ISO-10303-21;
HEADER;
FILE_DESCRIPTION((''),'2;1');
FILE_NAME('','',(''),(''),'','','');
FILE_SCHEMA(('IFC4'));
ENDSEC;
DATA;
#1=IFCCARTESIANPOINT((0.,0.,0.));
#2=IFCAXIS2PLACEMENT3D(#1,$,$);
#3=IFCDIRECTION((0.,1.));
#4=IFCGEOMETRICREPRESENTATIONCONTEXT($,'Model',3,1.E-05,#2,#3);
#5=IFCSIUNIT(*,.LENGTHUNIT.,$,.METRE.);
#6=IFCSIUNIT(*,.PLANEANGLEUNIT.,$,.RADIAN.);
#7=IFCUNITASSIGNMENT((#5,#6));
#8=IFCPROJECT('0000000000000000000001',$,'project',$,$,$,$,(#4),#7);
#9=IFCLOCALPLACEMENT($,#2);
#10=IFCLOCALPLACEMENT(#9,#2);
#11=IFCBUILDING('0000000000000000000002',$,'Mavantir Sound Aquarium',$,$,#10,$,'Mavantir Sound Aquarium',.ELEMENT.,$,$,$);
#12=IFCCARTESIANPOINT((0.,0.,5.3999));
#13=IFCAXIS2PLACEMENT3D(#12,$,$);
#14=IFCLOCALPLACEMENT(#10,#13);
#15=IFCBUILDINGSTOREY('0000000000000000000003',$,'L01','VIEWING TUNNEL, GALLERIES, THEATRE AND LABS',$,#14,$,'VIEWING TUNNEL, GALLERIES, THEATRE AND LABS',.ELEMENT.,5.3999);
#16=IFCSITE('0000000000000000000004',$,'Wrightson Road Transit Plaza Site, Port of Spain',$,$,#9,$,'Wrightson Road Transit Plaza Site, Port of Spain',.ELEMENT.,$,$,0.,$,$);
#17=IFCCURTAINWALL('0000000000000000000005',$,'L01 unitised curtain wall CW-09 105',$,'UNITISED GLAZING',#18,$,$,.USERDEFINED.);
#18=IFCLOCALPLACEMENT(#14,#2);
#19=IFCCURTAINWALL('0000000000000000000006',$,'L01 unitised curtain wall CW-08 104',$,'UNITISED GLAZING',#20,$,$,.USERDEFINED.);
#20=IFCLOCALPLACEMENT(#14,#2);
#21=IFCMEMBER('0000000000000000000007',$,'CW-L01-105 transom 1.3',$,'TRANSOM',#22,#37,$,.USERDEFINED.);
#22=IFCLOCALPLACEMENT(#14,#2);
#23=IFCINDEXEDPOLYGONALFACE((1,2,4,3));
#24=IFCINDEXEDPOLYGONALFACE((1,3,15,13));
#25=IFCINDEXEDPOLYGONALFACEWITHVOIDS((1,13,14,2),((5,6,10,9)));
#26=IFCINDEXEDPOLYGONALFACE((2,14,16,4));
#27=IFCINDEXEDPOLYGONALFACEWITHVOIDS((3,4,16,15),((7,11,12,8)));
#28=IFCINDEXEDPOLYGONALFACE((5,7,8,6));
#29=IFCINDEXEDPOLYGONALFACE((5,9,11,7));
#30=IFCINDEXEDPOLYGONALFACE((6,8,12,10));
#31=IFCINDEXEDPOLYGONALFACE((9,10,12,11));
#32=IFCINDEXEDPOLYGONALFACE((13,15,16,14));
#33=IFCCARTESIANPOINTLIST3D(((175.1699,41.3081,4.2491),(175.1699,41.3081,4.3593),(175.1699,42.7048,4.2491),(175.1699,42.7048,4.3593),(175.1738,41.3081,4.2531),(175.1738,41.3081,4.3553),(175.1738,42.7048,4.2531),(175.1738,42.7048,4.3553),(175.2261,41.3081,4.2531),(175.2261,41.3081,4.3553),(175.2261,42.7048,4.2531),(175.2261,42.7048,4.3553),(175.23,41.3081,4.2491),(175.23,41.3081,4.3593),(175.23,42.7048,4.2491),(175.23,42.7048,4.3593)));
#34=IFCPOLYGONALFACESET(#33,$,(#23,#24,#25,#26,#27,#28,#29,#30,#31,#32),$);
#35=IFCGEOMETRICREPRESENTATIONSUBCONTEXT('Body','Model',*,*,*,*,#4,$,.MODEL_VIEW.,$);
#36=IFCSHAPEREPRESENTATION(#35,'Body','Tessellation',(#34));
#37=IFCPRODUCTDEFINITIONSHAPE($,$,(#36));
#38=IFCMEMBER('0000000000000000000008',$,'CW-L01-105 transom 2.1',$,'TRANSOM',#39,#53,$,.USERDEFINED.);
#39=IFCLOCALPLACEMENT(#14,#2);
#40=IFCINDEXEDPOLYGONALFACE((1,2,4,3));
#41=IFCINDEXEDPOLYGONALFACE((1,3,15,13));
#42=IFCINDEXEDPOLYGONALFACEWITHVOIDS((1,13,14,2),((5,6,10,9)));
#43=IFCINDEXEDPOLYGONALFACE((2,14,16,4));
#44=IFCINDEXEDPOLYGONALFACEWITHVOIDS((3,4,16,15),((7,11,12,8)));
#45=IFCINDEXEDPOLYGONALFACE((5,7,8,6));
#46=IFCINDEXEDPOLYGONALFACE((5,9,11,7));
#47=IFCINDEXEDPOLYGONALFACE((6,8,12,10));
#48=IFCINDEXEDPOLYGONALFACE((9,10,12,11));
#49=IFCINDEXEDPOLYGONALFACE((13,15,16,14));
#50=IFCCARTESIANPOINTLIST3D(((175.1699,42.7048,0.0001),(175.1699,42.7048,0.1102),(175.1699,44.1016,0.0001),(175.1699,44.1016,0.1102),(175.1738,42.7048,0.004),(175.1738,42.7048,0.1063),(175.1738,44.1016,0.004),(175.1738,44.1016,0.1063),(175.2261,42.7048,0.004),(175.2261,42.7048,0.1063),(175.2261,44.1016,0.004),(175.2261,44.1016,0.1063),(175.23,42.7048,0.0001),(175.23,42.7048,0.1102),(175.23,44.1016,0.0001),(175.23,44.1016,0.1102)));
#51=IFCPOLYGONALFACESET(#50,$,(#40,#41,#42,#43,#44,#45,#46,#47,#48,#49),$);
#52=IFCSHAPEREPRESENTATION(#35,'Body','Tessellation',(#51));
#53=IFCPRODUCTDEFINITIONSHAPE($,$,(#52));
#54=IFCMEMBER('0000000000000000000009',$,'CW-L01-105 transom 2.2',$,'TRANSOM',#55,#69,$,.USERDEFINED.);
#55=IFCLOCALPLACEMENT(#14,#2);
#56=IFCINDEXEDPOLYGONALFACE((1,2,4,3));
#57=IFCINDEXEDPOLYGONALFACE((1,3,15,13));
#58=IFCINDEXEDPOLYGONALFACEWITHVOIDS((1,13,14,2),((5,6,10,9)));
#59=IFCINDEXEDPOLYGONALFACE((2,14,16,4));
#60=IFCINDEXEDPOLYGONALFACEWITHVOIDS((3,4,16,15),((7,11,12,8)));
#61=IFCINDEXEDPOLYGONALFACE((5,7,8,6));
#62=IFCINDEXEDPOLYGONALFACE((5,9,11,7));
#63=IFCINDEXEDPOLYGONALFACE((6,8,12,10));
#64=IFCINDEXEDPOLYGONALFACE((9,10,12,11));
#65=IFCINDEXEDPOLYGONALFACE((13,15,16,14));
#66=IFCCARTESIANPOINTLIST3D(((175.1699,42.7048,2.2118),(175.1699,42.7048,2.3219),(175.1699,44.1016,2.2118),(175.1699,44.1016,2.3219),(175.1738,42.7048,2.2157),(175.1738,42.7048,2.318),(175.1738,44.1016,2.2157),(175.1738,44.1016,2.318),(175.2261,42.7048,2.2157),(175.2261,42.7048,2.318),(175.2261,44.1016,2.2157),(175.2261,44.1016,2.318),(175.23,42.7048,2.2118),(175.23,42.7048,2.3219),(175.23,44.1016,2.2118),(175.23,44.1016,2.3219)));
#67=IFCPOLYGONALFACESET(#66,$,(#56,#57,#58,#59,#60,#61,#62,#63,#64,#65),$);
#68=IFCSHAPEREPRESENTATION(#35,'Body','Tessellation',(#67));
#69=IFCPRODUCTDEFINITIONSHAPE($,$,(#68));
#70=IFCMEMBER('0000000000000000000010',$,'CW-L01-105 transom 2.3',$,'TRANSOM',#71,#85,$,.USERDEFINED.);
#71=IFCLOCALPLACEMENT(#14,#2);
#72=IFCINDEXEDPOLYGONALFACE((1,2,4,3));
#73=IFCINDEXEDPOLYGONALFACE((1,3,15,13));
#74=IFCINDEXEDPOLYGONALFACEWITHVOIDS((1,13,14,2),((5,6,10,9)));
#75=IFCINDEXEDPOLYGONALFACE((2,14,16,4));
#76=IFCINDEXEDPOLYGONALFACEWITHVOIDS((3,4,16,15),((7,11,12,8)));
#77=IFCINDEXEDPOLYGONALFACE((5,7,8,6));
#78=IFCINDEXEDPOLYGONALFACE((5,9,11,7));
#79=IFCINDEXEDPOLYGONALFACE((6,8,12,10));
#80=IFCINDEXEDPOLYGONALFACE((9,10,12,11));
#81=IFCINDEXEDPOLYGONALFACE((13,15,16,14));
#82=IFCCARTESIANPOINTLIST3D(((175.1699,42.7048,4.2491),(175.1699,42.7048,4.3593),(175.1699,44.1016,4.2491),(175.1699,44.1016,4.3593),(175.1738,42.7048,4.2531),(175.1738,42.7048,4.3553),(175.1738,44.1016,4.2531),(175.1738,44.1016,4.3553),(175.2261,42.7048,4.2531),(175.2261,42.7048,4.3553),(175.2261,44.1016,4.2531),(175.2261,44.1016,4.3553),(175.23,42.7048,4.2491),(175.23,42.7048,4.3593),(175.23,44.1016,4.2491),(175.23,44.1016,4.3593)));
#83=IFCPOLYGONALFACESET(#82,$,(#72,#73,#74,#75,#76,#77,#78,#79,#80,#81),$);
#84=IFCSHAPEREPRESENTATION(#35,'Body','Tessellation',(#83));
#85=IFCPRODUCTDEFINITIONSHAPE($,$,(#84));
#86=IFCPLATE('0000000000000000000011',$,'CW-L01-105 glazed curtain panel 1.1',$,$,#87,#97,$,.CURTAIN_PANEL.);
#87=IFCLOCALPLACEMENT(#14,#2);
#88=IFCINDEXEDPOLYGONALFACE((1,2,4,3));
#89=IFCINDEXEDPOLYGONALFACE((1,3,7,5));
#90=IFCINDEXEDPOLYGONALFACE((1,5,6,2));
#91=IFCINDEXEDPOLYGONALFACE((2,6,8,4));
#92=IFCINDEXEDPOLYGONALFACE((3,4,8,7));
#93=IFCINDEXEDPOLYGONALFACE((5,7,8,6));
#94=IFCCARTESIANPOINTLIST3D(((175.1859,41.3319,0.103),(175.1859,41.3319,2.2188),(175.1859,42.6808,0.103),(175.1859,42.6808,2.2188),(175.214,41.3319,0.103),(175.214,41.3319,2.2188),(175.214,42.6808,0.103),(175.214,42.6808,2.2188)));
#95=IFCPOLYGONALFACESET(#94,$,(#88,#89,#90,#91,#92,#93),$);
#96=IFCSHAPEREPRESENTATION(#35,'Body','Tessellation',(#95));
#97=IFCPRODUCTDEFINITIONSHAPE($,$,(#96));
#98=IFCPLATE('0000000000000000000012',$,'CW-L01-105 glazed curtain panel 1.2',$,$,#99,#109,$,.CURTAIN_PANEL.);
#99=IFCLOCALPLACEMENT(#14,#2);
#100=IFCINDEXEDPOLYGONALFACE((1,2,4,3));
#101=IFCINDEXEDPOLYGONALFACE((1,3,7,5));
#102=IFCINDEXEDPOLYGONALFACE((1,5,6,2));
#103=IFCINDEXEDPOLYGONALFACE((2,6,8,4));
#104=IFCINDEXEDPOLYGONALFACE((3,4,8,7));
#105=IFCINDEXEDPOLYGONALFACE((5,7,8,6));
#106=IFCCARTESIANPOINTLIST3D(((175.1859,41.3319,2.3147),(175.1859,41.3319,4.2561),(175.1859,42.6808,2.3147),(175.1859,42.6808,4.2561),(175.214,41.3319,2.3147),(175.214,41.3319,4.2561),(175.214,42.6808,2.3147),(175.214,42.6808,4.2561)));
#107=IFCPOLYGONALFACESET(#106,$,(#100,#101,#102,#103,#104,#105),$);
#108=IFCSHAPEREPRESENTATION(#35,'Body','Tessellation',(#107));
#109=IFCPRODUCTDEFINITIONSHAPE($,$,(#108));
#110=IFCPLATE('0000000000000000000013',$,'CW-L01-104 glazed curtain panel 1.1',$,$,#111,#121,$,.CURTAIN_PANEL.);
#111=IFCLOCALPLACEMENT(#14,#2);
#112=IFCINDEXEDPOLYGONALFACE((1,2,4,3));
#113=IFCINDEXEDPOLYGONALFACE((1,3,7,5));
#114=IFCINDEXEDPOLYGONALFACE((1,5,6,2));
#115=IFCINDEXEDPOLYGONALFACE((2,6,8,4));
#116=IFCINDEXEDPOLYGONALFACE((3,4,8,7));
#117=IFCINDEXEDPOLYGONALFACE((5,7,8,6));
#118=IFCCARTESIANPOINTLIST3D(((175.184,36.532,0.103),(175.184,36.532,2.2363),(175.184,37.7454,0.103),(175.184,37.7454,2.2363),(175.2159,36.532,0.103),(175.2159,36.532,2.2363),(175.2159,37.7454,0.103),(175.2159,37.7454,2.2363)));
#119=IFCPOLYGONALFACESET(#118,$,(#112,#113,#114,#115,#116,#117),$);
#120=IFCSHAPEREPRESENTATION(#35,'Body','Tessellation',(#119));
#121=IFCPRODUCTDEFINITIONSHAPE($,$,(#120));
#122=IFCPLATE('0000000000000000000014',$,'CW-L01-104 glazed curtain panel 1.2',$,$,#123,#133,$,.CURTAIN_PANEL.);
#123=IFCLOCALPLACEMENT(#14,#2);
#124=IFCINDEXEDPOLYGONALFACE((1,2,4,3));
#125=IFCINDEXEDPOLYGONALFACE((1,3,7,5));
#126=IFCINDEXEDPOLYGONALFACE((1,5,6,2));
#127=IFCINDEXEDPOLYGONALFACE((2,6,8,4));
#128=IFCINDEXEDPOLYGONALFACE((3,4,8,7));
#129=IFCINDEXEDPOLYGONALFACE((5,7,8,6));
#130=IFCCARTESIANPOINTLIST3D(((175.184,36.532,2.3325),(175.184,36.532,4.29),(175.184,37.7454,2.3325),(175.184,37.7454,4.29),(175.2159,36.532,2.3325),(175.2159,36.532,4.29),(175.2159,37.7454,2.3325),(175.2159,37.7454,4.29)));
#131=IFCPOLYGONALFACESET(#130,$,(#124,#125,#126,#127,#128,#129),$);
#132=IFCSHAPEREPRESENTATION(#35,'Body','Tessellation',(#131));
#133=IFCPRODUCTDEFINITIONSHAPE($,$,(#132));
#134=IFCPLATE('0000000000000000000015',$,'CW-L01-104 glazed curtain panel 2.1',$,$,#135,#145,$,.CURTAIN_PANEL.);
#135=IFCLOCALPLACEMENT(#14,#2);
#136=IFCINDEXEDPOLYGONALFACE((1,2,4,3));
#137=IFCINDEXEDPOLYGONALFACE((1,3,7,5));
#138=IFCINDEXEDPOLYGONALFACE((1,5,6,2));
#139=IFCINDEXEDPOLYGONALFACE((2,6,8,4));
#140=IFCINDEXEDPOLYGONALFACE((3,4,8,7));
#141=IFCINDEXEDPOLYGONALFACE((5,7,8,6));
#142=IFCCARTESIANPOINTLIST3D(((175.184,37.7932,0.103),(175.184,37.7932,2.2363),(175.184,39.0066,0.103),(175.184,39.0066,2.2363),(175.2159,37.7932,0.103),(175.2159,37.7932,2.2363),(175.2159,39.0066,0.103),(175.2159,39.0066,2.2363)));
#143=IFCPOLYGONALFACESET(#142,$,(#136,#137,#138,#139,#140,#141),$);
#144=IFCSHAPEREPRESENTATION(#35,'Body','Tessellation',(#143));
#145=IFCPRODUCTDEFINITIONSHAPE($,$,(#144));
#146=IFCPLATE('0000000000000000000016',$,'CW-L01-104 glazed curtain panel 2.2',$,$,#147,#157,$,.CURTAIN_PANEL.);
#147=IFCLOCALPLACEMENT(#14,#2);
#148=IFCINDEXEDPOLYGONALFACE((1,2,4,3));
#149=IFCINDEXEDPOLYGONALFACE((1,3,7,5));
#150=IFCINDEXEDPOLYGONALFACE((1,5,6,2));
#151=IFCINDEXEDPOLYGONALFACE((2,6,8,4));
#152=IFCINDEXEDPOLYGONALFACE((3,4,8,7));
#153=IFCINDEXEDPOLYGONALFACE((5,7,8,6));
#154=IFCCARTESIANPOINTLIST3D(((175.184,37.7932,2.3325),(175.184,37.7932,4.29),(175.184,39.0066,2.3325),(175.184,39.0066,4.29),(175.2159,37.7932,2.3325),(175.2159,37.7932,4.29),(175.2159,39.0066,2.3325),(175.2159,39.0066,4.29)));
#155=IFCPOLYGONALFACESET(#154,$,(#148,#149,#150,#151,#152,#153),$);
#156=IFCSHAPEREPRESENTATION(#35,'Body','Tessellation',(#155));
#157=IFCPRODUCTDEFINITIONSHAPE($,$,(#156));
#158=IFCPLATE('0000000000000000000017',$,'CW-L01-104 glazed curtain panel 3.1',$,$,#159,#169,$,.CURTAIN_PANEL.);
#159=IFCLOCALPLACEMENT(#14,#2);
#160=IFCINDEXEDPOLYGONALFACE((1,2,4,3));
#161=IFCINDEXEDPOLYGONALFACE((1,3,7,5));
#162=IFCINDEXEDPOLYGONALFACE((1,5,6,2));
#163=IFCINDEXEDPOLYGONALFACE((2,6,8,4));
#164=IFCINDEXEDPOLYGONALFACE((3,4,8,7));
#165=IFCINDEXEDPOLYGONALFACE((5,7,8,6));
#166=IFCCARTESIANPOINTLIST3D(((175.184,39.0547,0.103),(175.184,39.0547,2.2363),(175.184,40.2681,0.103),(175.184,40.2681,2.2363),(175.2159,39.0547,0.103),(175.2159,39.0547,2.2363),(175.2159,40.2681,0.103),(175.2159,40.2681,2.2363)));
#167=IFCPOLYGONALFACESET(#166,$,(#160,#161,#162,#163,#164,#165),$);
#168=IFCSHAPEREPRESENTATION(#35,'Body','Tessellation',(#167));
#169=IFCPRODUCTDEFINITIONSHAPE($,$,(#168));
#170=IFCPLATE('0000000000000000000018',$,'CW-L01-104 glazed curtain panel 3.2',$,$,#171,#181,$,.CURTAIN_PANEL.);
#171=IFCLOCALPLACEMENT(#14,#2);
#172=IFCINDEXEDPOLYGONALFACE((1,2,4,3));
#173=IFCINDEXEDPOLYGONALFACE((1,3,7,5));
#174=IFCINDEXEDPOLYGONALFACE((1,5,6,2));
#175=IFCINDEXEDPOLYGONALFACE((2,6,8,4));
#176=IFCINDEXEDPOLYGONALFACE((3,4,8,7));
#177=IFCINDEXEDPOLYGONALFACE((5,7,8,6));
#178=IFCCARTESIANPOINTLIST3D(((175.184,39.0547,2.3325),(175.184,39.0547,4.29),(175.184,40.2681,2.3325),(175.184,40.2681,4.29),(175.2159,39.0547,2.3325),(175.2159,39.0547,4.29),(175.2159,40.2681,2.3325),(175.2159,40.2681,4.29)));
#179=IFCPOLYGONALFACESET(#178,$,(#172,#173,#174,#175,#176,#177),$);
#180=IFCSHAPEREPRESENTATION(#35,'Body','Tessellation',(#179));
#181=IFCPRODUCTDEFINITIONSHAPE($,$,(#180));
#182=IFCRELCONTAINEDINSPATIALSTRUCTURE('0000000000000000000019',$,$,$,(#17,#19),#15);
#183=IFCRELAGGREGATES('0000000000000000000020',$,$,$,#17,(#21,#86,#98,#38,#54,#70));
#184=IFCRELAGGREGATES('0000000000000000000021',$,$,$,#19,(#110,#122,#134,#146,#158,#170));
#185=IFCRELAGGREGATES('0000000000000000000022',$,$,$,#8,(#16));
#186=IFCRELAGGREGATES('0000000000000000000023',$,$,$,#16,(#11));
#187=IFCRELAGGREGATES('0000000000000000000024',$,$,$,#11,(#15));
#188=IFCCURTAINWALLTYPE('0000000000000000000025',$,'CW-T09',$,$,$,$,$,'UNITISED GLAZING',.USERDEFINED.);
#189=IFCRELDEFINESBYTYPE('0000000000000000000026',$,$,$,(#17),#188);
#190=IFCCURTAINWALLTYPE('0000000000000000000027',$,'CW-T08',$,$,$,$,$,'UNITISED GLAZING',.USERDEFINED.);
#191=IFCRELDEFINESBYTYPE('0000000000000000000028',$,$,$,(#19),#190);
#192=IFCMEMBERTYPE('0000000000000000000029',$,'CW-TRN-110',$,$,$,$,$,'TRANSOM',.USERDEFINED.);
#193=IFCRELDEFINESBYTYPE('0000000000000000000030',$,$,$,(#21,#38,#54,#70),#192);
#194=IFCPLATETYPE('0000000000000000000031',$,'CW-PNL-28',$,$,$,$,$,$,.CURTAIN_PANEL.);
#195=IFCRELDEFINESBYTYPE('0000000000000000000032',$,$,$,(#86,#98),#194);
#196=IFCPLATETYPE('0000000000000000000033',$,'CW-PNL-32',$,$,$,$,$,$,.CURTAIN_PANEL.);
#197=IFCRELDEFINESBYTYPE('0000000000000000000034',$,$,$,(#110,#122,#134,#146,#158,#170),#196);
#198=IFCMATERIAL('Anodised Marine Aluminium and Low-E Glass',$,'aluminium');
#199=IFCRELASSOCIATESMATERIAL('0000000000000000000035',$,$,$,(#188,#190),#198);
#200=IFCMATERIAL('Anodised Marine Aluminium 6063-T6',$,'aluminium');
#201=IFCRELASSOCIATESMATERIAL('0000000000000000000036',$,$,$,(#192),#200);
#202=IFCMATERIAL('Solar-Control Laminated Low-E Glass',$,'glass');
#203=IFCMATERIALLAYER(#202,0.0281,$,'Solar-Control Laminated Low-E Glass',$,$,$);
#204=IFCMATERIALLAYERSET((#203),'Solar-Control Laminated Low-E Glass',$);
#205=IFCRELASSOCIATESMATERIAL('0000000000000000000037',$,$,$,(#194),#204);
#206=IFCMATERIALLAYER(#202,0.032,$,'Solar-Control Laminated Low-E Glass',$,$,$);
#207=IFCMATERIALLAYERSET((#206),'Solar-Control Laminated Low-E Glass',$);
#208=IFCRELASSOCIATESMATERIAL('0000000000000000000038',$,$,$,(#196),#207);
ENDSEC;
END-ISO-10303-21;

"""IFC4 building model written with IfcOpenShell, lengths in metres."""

from ifc_helpers import new_model, si_unit, direction, frame, origin, origin_2d, place, context, subcontext, project, spatial, rectangle, hollow_rectangle, extrude, material, layer, layer_set, material_profile, profile_set, type_object, element, aggregate, save


model = new_model("IFC4")

# Units and contexts
model_context = context("Model", 3, precision=1e-05, world=origin(), true_north=direction((0.0, 1.0)))
body_context = subcontext(model_context, "Body", "Model", "MODEL_VIEW")
ifc_project = project(units=[si_unit("LENGTHUNIT", "METRE"), si_unit("PLANEANGLEUNIT", "RADIAN")], contexts=[model_context])

# Site, building, storey
site_placement = place(None, origin())
site = spatial("IfcSite", under=ifc_project, at=site_placement, Name="Wrightson Road Transit Plaza Site, Port of Spain", LongName="Wrightson Road Transit Plaza Site, Port of Spain", CompositionType="ELEMENT", RefElevation=0.0)
building_placement = place(site_placement, origin())
building = spatial("IfcBuilding", under=site, at=building_placement, Name="Mavantir Sound Aquarium", LongName="Mavantir Sound Aquarium", CompositionType="ELEMENT")
storey_placement = place(building_placement, frame((0.0, 0.0, 5.3999)))
storey = spatial("IfcBuildingStorey", under=building, at=storey_placement, Name="L01", Description="VIEWING TUNNEL, GALLERIES, THEATRE AND LABS", LongName="VIEWING TUNNEL, GALLERIES, THEATRE AND LABS", CompositionType="ELEMENT", Elevation=5.3999)

# Curtain walls
ifc_material_1 = material(Name="Anodised Marine Aluminium and Low-E Glass", Category="aluminium")
curtain_wall_type_1 = type_object("IfcCurtainWallType", Name="CW-T09", ElementType="UNITISED GLAZING", PredefinedType="USERDEFINED", material=ifc_material_1)
curtain_wall_1_placement = place(storey_placement, origin())
curtain_wall_1 = element("IfcCurtainWall", 1, at=curtain_wall_1_placement, inside=storey, type_object=curtain_wall_type_1, Name="L01 unitised curtain wall CW-09 105", ObjectType="UNITISED GLAZING", PredefinedType="USERDEFINED")
ifc_material_2 = material(Name="Anodised Marine Aluminium 6063-T6", Category="aluminium")
curtain_wall_type_2 = type_object("IfcCurtainWallType", Name="CW-T08", ElementType="UNITISED GLAZING", PredefinedType="USERDEFINED", material=ifc_material_1)
curtain_wall_2_placement = place(storey_placement, origin())
curtain_wall_2 = element("IfcCurtainWall", 2, at=curtain_wall_2_placement, inside=storey, type_object=curtain_wall_type_2, Name="L01 unitised curtain wall CW-08 104", ObjectType="UNITISED GLAZING", PredefinedType="USERDEFINED")
ifc_material_profile_1 = material_profile(ifc_material_2, hollow_rectangle(XDim=0.0601, YDim=0.1101, WallThickness=0.0039, at=origin_2d()), Name="ALU-TRANSOM-110X60")
ifc_profile_set_1 = profile_set([ifc_material_profile_1], Name="Anodised Marine Aluminium 6063-T6")
member_type_1 = type_object("IfcMemberType", Name="CW-TRN-110", ElementType="TRANSOM", PredefinedType="USERDEFINED", material=ifc_profile_set_1)

# Members
member_1_placement = place(storey_placement, frame((175.2, 41.3081, 4.3042), z_axis=(0.0, 1.0, 0.0), x_axis=(-1.0, 0.0, 0.0)))
member_1 = element("IfcMember", 3, at=member_1_placement, type_object=member_type_1, Name="CW-L01-105 transom 1.3", ObjectType="TRANSOM", PredefinedType="USERDEFINED", context=body_context, shape_type="SweptSolid", body=[
    extrude(hollow_rectangle(XDim=0.0601, YDim=0.1101, WallThickness=0.0039, at=origin_2d()), origin(), (0.0, 0.0, 1.0), 1.3967),
])
member_2_placement = place(storey_placement, frame((175.2, 42.7048, 0.0552), z_axis=(0.0, 1.0, 0.0), x_axis=(-1.0, 0.0, 0.0)))
member_2 = element("IfcMember", 4, at=member_2_placement, type_object=member_type_1, Name="CW-L01-105 transom 2.1", ObjectType="TRANSOM", PredefinedType="USERDEFINED", context=body_context, shape_type="SweptSolid", body=[
    extrude(hollow_rectangle(XDim=0.0601, YDim=0.1101, WallThickness=0.0039, at=origin_2d()), origin(), (0.0, 0.0, 1.0), 1.3967),
])
member_3_placement = place(storey_placement, frame((175.2, 42.7048, 2.2668), z_axis=(0.0, 1.0, 0.0), x_axis=(-1.0, 0.0, 0.0)))
member_3 = element("IfcMember", 5, at=member_3_placement, type_object=member_type_1, Name="CW-L01-105 transom 2.2", ObjectType="TRANSOM", PredefinedType="USERDEFINED", context=body_context, shape_type="SweptSolid", body=[
    extrude(hollow_rectangle(XDim=0.0601, YDim=0.1101, WallThickness=0.0039, at=origin_2d()), origin(), (0.0, 0.0, 1.0), 1.3967),
])
member_4_placement = place(storey_placement, frame((175.2, 42.7048, 4.3042), z_axis=(0.0, 1.0, 0.0), x_axis=(-1.0, 0.0, 0.0)))
member_4 = element("IfcMember", 6, at=member_4_placement, type_object=member_type_1, Name="CW-L01-105 transom 2.3", ObjectType="TRANSOM", PredefinedType="USERDEFINED", context=body_context, shape_type="SweptSolid", body=[
    extrude(hollow_rectangle(XDim=0.0601, YDim=0.1101, WallThickness=0.0039, at=origin_2d()), origin(), (0.0, 0.0, 1.0), 1.3967),
])

# Plates
ifc_material_3 = material(Name="Solar-Control Laminated Low-E Glass", Category="glass")
ifc_layer_1 = layer(ifc_material_3, 0.0281, Name="Solar-Control Laminated Low-E Glass")
ifc_layer_set_1 = layer_set([ifc_layer_1], Name="Solar-Control Laminated Low-E Glass")
plate_type_1 = type_object("IfcPlateType", Name="CW-PNL-28", PredefinedType="CURTAIN_PANEL", material=ifc_layer_set_1)
plate_1_placement = place(storey_placement, frame((175.2, 42.0063, 0.103), z_axis=(0.0, 0.0, 1.0), x_axis=(0.0, 1.0, 0.0)))
plate_1 = element("IfcPlate", 7, at=plate_1_placement, type_object=plate_type_1, Name="CW-L01-105 glazed curtain panel 1.1", PredefinedType="CURTAIN_PANEL", context=body_context, shape_type="SweptSolid", body=[
    extrude(rectangle(XDim=1.3489, YDim=0.0281, at=origin_2d()), origin(), (0.0, 0.0, 1.0), 2.1157),
])
plate_2_placement = place(storey_placement, frame((175.2, 42.0063, 2.3147), z_axis=(0.0, 0.0, 1.0), x_axis=(0.0, 1.0, 0.0)))
plate_2 = element("IfcPlate", 8, at=plate_2_placement, type_object=plate_type_1, Name="CW-L01-105 glazed curtain panel 1.2", PredefinedType="CURTAIN_PANEL", context=body_context, shape_type="SweptSolid", body=[
    extrude(rectangle(XDim=1.3489, YDim=0.0281, at=origin_2d()), origin(), (0.0, 0.0, 1.0), 1.9414),
])
aggregate(curtain_wall_1, [member_1, plate_1, plate_2, member_2, member_3, member_4])
ifc_layer_2 = layer(ifc_material_3, 0.032, Name="Solar-Control Laminated Low-E Glass")
ifc_layer_set_2 = layer_set([ifc_layer_2], Name="Solar-Control Laminated Low-E Glass")
plate_type_2 = type_object("IfcPlateType", Name="CW-PNL-32", PredefinedType="CURTAIN_PANEL", material=ifc_layer_set_2)
plate_3_placement = place(storey_placement, frame((175.2, 37.1387, 0.103), z_axis=(0.0, 0.0, 1.0), x_axis=(0.0, 1.0, 0.0)))
plate_3 = element("IfcPlate", 9, at=plate_3_placement, type_object=plate_type_2, Name="CW-L01-104 glazed curtain panel 1.1", PredefinedType="CURTAIN_PANEL", context=body_context, shape_type="SweptSolid", body=[
    extrude(rectangle(XDim=1.2134, YDim=0.032, at=origin_2d()), origin(), (0.0, 0.0, 1.0), 2.1333),
])
plate_4_placement = place(storey_placement, frame((175.2, 37.1387, 2.3325), z_axis=(0.0, 0.0, 1.0), x_axis=(0.0, 1.0, 0.0)))
plate_4 = element("IfcPlate", 10, at=plate_4_placement, type_object=plate_type_2, Name="CW-L01-104 glazed curtain panel 1.2", PredefinedType="CURTAIN_PANEL", context=body_context, shape_type="SweptSolid", body=[
    extrude(rectangle(XDim=1.2134, YDim=0.032, at=origin_2d()), origin(), (0.0, 0.0, 1.0), 1.9575),
])
plate_5_placement = place(storey_placement, frame((175.2, 38.3999, 0.103), z_axis=(0.0, 0.0, 1.0), x_axis=(0.0, 1.0, 0.0)))
plate_5 = element("IfcPlate", 11, at=plate_5_placement, type_object=plate_type_2, Name="CW-L01-104 glazed curtain panel 2.1", PredefinedType="CURTAIN_PANEL", context=body_context, shape_type="SweptSolid", body=[
    extrude(rectangle(XDim=1.2134, YDim=0.032, at=origin_2d()), origin(), (0.0, 0.0, 1.0), 2.1333),
])
plate_6_placement = place(storey_placement, frame((175.2, 38.3999, 2.3325), z_axis=(0.0, 0.0, 1.0), x_axis=(0.0, 1.0, 0.0)))
plate_6 = element("IfcPlate", 12, at=plate_6_placement, type_object=plate_type_2, Name="CW-L01-104 glazed curtain panel 2.2", PredefinedType="CURTAIN_PANEL", context=body_context, shape_type="SweptSolid", body=[
    extrude(rectangle(XDim=1.2134, YDim=0.032, at=origin_2d()), origin(), (0.0, 0.0, 1.0), 1.9575),
])
plate_7_placement = place(storey_placement, frame((175.2, 39.6614, 0.103), z_axis=(0.0, 0.0, 1.0), x_axis=(0.0, 1.0, 0.0)))
plate_7 = element("IfcPlate", 13, at=plate_7_placement, type_object=plate_type_2, Name="CW-L01-104 glazed curtain panel 3.1", PredefinedType="CURTAIN_PANEL", context=body_context, shape_type="SweptSolid", body=[
    extrude(rectangle(XDim=1.2134, YDim=0.032, at=origin_2d()), origin(), (0.0, 0.0, 1.0), 2.1333),
])
plate_8_placement = place(storey_placement, frame((175.2, 39.6614, 2.3325), z_axis=(0.0, 0.0, 1.0), x_axis=(0.0, 1.0, 0.0)))
plate_8 = element("IfcPlate", 14, at=plate_8_placement, type_object=plate_type_2, Name="CW-L01-104 glazed curtain panel 3.2", PredefinedType="CURTAIN_PANEL", context=body_context, shape_type="SweptSolid", body=[
    extrude(rectangle(XDim=1.2134, YDim=0.032, at=origin_2d()), origin(), (0.0, 0.0, 1.0), 1.9575),
])
aggregate(curtain_wall_2, [plate_3, plate_4, plate_5, plate_6, plate_7, plate_8])

save(model, "model.ifc")
